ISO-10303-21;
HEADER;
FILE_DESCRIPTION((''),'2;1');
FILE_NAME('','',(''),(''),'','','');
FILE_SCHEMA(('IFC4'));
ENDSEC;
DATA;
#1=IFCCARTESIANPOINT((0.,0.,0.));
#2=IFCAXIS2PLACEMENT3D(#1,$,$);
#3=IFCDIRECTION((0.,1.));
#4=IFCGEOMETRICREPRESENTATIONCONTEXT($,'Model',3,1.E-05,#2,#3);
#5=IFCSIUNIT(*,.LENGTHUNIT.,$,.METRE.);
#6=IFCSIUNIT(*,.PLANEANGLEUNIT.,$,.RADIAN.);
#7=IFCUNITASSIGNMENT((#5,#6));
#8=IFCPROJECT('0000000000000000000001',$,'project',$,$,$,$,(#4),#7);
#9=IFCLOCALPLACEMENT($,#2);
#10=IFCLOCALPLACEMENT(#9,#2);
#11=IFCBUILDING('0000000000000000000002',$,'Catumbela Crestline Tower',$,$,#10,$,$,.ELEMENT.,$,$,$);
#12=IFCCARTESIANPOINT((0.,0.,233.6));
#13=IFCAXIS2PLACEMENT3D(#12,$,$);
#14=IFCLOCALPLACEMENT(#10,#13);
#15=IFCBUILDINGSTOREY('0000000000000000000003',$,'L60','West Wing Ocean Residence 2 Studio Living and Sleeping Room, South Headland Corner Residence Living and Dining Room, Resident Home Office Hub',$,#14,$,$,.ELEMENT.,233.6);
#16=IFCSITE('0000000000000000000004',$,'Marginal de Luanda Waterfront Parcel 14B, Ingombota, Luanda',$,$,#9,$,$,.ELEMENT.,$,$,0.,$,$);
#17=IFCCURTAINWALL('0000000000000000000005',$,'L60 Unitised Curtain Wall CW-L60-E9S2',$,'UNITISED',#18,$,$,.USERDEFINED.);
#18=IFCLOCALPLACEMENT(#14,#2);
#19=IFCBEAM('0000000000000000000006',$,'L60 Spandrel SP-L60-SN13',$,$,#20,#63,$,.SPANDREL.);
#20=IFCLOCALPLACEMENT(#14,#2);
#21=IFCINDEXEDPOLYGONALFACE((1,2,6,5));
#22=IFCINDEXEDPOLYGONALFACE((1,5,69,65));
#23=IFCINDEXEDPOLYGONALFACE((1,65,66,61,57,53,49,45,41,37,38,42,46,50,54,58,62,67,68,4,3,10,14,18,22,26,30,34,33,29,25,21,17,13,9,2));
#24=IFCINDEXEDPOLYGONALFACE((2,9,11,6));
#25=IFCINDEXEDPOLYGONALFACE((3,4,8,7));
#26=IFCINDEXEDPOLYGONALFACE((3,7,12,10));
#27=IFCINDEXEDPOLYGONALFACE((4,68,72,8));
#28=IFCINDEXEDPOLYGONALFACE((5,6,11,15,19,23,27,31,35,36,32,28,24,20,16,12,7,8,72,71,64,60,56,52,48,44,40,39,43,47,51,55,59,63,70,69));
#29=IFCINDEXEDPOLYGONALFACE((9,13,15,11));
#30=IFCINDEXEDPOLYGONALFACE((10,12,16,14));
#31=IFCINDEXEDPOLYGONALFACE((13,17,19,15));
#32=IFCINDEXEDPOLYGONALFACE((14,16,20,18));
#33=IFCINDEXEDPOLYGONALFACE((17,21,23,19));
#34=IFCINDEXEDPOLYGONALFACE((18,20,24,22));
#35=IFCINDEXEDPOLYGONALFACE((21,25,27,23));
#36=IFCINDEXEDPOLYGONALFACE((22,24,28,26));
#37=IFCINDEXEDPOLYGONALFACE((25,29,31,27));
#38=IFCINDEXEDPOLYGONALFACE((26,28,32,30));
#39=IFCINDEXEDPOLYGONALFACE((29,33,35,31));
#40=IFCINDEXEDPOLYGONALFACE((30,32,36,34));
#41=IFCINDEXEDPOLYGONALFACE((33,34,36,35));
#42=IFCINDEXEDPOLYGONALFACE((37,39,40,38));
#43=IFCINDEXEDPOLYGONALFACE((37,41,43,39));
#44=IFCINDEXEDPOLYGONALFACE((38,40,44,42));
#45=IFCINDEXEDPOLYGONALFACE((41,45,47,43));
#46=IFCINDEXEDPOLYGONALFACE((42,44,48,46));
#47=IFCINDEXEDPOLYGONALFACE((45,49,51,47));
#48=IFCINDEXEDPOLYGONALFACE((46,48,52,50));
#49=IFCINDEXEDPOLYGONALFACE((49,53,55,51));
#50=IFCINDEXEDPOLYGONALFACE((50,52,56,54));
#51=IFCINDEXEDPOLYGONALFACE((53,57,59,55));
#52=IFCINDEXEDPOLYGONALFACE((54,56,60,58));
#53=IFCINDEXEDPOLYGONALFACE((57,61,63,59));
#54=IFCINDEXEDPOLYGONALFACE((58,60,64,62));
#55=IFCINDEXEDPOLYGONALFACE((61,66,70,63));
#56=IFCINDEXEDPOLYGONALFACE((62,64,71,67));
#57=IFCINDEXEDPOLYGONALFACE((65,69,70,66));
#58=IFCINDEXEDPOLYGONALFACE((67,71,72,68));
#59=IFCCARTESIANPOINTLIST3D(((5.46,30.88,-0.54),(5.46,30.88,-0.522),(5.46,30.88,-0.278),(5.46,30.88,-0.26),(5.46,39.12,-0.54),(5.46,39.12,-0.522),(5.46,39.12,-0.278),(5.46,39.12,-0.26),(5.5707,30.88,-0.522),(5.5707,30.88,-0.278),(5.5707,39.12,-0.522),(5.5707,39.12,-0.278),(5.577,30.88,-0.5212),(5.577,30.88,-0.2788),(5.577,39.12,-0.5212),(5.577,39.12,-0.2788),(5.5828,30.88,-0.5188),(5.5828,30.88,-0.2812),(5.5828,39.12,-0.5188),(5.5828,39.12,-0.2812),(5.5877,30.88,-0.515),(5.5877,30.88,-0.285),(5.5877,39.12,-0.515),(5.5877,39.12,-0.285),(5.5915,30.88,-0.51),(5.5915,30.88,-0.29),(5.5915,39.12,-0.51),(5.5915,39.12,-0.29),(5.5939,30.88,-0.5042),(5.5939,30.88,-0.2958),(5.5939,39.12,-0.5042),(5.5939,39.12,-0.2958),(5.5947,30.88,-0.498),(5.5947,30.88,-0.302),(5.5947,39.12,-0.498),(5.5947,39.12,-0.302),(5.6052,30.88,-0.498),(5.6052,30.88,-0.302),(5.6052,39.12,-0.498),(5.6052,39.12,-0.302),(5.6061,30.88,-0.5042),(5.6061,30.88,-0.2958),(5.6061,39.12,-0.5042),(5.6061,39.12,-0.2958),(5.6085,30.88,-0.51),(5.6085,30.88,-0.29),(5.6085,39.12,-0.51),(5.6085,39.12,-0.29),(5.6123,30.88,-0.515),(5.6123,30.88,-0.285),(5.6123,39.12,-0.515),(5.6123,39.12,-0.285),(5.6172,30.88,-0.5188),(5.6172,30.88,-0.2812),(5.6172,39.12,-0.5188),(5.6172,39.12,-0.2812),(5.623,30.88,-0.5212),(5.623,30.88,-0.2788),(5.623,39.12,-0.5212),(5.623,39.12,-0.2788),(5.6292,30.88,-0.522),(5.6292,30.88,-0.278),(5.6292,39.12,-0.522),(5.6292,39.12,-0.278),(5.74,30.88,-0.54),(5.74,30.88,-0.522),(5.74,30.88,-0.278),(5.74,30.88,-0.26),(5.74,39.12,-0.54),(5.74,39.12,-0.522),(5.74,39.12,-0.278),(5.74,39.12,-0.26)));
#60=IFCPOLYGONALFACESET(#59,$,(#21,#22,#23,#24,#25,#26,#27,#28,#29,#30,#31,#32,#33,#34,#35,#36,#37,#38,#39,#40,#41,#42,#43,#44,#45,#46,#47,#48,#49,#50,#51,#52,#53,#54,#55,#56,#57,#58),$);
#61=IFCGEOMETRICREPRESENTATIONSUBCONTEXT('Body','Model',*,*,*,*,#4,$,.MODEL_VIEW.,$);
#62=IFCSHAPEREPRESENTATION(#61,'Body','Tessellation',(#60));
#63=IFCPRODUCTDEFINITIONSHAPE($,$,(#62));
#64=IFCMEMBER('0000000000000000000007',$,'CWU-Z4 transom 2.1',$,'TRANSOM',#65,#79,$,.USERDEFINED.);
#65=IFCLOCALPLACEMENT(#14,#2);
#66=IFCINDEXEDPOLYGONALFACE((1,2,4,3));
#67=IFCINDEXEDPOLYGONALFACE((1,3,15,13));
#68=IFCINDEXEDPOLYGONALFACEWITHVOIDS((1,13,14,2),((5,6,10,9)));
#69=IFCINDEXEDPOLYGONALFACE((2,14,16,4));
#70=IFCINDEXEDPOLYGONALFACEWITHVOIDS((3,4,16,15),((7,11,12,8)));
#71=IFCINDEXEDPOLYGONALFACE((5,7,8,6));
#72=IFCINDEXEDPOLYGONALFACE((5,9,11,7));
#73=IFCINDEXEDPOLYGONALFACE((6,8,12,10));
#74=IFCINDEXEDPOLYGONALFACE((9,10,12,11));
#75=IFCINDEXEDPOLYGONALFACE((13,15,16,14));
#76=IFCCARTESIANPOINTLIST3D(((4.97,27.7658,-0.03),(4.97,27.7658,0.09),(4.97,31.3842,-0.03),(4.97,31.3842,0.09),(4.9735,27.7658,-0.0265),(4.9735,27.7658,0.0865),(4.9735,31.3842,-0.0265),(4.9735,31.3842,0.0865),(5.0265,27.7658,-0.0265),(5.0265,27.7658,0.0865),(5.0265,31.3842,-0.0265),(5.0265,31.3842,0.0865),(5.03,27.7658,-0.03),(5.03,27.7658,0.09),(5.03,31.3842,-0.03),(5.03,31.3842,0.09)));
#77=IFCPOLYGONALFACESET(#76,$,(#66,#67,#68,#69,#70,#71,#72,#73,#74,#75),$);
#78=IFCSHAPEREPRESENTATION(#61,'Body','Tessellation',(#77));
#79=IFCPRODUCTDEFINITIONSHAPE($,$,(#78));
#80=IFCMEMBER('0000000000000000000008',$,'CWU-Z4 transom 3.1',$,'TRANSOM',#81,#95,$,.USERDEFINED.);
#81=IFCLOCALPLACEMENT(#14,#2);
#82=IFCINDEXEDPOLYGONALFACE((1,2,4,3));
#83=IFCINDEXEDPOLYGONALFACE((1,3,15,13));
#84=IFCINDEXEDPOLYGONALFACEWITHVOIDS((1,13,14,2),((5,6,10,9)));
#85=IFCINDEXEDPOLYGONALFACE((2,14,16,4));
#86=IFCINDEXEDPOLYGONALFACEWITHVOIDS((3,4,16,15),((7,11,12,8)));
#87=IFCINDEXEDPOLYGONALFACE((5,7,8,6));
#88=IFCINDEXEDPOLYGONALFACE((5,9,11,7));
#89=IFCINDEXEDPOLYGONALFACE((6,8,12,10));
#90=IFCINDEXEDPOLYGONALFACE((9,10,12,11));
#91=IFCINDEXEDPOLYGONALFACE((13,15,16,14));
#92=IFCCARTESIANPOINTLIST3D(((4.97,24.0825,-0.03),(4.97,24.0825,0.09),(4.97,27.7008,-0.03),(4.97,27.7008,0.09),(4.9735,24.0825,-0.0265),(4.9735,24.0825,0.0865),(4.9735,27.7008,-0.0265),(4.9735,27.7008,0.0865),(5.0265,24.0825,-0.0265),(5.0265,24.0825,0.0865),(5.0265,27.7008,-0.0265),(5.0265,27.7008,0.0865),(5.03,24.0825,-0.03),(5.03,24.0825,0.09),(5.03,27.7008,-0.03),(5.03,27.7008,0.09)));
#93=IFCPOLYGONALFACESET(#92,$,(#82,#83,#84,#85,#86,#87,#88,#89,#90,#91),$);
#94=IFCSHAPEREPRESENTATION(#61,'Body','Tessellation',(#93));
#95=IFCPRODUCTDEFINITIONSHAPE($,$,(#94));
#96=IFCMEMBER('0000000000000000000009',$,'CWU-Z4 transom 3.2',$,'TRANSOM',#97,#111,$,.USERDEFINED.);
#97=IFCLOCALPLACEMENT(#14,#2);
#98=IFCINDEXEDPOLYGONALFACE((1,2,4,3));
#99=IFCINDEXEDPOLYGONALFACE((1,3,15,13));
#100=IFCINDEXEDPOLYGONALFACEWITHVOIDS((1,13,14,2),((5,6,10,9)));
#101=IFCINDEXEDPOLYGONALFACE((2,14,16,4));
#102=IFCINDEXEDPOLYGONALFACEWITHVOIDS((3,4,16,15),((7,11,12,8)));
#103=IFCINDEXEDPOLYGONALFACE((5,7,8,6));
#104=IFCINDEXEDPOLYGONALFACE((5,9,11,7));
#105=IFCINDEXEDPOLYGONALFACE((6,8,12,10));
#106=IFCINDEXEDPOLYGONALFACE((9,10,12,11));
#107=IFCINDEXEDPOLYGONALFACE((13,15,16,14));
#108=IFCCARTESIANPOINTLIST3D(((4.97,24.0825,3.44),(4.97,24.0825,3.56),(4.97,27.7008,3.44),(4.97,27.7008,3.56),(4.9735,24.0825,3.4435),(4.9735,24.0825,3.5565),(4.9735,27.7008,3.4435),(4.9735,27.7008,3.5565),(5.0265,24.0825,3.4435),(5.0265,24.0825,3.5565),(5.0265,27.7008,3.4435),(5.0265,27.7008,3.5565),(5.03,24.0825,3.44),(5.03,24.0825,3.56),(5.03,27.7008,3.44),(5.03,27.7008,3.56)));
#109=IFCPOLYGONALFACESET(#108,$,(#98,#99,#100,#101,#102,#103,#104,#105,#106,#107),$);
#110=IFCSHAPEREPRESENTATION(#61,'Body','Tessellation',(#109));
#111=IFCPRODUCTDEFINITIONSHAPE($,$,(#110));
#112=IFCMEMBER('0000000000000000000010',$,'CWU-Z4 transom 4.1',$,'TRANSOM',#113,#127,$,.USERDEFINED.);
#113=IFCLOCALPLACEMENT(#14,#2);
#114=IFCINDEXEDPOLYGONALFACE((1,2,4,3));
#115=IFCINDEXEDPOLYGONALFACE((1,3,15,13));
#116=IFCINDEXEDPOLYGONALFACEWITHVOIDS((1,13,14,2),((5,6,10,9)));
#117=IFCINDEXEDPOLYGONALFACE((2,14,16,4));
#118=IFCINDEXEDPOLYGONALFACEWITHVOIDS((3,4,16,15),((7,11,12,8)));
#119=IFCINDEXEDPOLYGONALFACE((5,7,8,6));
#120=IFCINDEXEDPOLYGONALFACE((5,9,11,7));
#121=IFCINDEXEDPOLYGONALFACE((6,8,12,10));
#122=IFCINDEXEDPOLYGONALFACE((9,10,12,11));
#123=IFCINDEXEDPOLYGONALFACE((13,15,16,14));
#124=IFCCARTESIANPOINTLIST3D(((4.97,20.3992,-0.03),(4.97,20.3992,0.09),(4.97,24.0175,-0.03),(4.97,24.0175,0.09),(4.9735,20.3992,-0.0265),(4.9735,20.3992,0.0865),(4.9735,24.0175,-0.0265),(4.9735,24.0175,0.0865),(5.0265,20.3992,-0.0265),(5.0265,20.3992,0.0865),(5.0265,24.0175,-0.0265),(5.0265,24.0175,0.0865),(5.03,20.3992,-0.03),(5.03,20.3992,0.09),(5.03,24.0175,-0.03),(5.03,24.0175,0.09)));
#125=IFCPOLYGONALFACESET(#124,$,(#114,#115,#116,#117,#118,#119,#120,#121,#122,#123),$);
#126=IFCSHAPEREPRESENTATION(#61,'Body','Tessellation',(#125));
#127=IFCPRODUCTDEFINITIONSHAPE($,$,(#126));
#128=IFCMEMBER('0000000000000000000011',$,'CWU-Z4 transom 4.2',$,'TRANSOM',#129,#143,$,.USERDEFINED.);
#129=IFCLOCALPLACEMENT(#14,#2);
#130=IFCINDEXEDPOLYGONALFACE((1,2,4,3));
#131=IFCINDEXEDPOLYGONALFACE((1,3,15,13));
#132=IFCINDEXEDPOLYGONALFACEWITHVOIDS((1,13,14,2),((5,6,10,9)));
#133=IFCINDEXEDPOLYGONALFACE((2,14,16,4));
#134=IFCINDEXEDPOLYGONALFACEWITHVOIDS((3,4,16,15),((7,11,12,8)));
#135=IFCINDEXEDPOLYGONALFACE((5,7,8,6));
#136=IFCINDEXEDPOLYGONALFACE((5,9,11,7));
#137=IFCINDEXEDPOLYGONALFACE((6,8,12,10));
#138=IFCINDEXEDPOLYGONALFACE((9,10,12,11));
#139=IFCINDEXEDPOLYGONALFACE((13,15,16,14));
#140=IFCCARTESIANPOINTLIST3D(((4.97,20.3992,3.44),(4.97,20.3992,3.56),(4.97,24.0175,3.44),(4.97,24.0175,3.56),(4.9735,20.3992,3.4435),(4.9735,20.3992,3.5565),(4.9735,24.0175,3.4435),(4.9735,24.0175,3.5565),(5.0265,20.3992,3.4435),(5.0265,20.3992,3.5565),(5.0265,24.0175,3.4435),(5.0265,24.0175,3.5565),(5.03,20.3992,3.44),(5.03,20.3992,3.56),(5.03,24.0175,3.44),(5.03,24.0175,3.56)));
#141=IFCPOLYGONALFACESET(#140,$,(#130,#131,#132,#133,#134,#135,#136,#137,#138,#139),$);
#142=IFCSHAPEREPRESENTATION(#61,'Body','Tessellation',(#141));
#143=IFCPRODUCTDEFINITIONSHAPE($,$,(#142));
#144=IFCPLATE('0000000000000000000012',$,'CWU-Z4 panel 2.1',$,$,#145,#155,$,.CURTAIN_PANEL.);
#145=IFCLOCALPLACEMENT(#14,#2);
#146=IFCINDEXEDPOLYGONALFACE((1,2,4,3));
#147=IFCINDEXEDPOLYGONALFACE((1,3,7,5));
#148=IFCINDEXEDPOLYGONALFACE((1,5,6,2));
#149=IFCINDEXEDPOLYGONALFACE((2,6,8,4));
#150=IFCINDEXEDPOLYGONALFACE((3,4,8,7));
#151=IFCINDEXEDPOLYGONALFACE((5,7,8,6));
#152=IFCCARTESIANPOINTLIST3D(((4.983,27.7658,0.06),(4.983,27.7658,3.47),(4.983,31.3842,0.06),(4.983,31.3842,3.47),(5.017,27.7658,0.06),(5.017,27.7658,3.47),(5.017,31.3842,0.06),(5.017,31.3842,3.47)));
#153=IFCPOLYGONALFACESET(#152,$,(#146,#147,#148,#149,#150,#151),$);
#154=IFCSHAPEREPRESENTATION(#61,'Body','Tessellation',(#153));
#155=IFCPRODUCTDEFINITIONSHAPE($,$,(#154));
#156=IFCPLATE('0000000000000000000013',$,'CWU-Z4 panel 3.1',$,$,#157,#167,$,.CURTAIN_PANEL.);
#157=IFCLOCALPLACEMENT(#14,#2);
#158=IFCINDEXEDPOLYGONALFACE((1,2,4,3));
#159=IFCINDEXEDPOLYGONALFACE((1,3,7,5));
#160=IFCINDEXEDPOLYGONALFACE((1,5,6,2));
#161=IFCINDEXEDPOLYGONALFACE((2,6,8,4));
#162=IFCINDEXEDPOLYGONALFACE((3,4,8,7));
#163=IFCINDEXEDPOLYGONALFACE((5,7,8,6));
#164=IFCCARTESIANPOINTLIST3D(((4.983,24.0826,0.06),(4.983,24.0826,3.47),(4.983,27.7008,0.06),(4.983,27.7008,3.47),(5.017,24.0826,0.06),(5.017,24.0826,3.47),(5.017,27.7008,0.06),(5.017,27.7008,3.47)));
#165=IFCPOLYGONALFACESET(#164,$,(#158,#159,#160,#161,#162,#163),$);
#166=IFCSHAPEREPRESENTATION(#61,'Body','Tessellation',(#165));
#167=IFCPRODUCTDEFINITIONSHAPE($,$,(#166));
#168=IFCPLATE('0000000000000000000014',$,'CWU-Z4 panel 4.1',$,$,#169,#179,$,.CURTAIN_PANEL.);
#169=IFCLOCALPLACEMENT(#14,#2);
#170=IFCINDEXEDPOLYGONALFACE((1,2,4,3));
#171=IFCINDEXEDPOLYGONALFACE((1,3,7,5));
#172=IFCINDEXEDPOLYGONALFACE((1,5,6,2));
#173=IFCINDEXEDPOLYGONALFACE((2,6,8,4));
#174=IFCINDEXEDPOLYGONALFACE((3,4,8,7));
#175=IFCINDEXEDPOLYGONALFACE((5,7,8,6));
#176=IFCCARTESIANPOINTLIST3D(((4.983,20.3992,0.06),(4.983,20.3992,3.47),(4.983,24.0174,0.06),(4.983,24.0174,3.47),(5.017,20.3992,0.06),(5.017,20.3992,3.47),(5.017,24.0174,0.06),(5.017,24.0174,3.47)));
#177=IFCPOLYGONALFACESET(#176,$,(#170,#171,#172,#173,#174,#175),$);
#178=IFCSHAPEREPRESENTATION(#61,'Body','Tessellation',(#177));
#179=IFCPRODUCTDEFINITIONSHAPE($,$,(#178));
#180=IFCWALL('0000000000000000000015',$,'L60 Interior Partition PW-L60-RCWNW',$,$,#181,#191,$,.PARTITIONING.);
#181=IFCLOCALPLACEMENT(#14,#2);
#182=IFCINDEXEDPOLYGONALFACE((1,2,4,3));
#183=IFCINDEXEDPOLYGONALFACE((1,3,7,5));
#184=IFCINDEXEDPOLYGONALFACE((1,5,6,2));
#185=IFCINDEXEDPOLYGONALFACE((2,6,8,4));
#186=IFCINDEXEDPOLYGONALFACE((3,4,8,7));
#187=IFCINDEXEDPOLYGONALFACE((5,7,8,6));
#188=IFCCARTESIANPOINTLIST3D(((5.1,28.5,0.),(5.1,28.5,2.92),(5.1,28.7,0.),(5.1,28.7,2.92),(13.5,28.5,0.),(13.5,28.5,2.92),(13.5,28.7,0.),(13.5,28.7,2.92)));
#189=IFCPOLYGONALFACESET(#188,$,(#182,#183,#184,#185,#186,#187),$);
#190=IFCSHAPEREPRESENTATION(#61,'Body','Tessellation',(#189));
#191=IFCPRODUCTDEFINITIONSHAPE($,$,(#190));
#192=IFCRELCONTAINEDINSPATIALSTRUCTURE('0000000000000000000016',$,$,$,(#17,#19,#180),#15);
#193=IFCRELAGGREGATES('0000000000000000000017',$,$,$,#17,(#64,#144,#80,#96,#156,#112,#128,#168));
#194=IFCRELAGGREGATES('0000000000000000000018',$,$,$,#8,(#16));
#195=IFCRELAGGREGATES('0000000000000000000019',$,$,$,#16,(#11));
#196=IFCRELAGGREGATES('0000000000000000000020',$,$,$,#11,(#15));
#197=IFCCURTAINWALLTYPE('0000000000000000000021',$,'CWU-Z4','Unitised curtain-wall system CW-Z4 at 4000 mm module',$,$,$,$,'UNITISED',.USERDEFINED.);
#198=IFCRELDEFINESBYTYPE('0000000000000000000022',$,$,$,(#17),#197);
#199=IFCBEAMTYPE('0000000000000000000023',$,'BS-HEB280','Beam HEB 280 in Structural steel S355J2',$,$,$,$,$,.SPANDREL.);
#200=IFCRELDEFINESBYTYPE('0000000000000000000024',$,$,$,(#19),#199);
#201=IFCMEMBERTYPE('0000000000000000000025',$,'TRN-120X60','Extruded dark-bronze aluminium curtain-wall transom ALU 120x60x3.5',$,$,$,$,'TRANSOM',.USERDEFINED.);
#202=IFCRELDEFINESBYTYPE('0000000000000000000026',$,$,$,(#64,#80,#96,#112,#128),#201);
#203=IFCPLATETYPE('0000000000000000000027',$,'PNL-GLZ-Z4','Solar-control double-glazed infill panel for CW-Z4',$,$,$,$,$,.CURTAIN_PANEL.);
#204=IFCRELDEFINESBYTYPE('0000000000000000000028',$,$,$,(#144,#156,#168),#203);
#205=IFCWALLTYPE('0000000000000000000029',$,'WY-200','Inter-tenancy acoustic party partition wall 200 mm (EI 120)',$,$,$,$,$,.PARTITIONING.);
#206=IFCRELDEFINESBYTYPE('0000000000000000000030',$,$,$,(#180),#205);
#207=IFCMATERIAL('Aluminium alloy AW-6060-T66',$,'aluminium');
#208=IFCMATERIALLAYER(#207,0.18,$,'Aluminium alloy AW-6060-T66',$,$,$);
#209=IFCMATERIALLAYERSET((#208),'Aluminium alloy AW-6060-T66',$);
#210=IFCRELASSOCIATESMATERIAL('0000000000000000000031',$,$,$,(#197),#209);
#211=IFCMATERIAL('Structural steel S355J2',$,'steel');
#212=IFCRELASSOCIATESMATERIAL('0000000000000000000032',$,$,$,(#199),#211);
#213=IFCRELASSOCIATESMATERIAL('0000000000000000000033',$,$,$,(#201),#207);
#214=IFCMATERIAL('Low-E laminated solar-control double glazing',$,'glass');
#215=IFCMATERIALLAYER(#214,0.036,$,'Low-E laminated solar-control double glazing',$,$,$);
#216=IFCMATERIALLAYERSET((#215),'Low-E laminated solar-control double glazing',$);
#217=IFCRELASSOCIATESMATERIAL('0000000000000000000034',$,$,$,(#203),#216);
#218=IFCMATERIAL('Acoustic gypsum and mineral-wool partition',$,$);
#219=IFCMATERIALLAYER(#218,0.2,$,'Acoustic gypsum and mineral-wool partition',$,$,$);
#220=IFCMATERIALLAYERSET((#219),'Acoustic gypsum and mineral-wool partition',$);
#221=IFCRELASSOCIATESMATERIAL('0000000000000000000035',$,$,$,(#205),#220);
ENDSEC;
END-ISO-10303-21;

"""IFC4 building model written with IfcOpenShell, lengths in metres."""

from ifc_helpers import new_model, si_unit, direction, frame, frame_2d, origin, origin_2d, place, context, subcontext, project, spatial, rectangle, hollow_rectangle, i_section, extrude, material, layer, layer_set, material_profile, profile_set, type_object, element, aggregate, save


model = new_model("IFC4")

# Units and contexts
model_context = context("Model", 3, precision=1e-05, world=origin(), true_north=direction((0.0, 1.0)))
body_context = subcontext(model_context, "Body", "Model", "MODEL_VIEW")
ifc_project = project(units=[si_unit("LENGTHUNIT", "METRE"), si_unit("PLANEANGLEUNIT", "RADIAN")], contexts=[model_context])

# Site, building, storey
site_placement = place(None, origin())
site = spatial("IfcSite", under=ifc_project, at=site_placement, Name="Marginal de Luanda Waterfront Parcel 14B, Ingombota, Luanda", CompositionType="ELEMENT", RefElevation=0.0)
building_placement = place(site_placement, origin())
building = spatial("IfcBuilding", under=site, at=building_placement, Name="Catumbela Crestline Tower", CompositionType="ELEMENT")
storey_placement = place(building_placement, frame((0.0, 0.0, 233.6)))
storey = spatial("IfcBuildingStorey", under=building, at=storey_placement, Name="L60", Description="West Wing Ocean Residence 2 Studio Living and Sleeping Room, South Headland Corner Residence Living and Dining Room, Resident Home Office Hub", CompositionType="ELEMENT", Elevation=233.6)

# Shared definitions
ifc_material_1 = material(Name="Structural steel S355J2", Category="steel")

# Curtain wall
ifc_material_2 = material(Name="Aluminium alloy AW-6060-T66", Category="aluminium")
ifc_layer_1 = layer(ifc_material_2, 0.18, Name="Aluminium alloy AW-6060-T66")
ifc_layer_set_1 = layer_set([ifc_layer_1], Name="Aluminium alloy AW-6060-T66")
curtain_wall_type = type_object("IfcCurtainWallType", Name="CWU-Z4", Description="Unitised curtain-wall system CW-Z4 at 4000 mm module", ElementType="UNITISED", PredefinedType="USERDEFINED", material=ifc_layer_set_1)
curtain_wall_placement = place(storey_placement, origin())
curtain_wall = element("IfcCurtainWall", 1, at=curtain_wall_placement, inside=storey, type_object=curtain_wall_type, Name="L60 Unitised Curtain Wall CW-L60-E9S2", ObjectType="UNITISED", PredefinedType="USERDEFINED")

# Beam
ifc_material_profile_1 = material_profile(ifc_material_1, i_section(OverallWidth=0.28, OverallDepth=0.28, WebThickness=0.0105, FlangeThickness=0.018, FilletRadius=0.024, at=origin_2d()), Name="HEB 280")
ifc_profile_set_1 = profile_set([ifc_material_profile_1], Name="Structural steel S355J2")
beam_type = type_object("IfcBeamType", Name="BS-HEB280", Description="Beam HEB 280 in Structural steel S355J2", PredefinedType="SPANDREL", material=ifc_profile_set_1)
beam_1_placement = place(storey_placement, frame((5.6, 30.88, -0.4), z_axis=(0.0, 1.0, 0.0), x_axis=(-1.0, 0.0, 0.0)))
element("IfcBeam", 2, at=beam_1_placement, inside=storey, type_object=beam_type, Name="L60 Spandrel SP-L60-SN13", PredefinedType="SPANDREL", context=body_context, shape_type="SweptSolid", body=[
    extrude(i_section(OverallWidth=0.28, OverallDepth=0.28, WebThickness=0.0105, FlangeThickness=0.018, FilletRadius=0.024, at=origin_2d()), origin(), (0.0, 0.0, 1.0), 8.24),
])

# Members
ifc_material_profile_2 = material_profile(ifc_material_2, hollow_rectangle(XDim=0.06, YDim=0.12, WallThickness=0.0035, at=origin_2d()), Name="ALU 120x60x3.5")
ifc_profile_set_2 = profile_set([ifc_material_profile_2], Name="Aluminium alloy AW-6060-T66")
member_type_1 = type_object("IfcMemberType", Name="TRN-120X60", Description="Extruded dark-bronze aluminium curtain-wall transom ALU 120x60x3.5", ElementType="TRANSOM", PredefinedType="USERDEFINED", material=ifc_profile_set_2)
member_1_placement = place(storey_placement, frame((5.0, 31.3842, 0.03), z_axis=(0.0, -1.0, 0.0), x_axis=(1.0, 0.0, 0.0)))
member_1 = element("IfcMember", 3, at=member_1_placement, type_object=member_type_1, Name="CWU-Z4 transom 2.1", ObjectType="TRANSOM", PredefinedType="USERDEFINED", context=body_context, shape_type="SweptSolid", body=[
    extrude(hollow_rectangle(XDim=0.06, YDim=0.12, WallThickness=0.0035, at=origin_2d()), origin(), (0.0, 0.0, 1.0), 3.6184),
])
member_2_placement = place(storey_placement, frame((5.0, 27.7008, 0.03), z_axis=(0.0, -1.0, 0.0), x_axis=(1.0, 0.0, 0.0)))
member_2 = element("IfcMember", 4, at=member_2_placement, type_object=member_type_1, Name="CWU-Z4 transom 3.1", ObjectType="TRANSOM", PredefinedType="USERDEFINED", context=body_context, shape_type="SweptSolid", body=[
    extrude(hollow_rectangle(XDim=0.06, YDim=0.12, WallThickness=0.0035, at=origin_2d()), origin(), (0.0, 0.0, 1.0), 3.6183),
])
member_3_placement = place(storey_placement, frame((5.0, 27.7008, 3.5), z_axis=(0.0, -1.0, 0.0), x_axis=(1.0, 0.0, 0.0)))
member_3 = element("IfcMember", 5, at=member_3_placement, type_object=member_type_1, Name="CWU-Z4 transom 3.2", ObjectType="TRANSOM", PredefinedType="USERDEFINED", context=body_context, shape_type="SweptSolid", body=[
    extrude(hollow_rectangle(XDim=0.06, YDim=0.12, WallThickness=0.0035, at=origin_2d()), origin(), (0.0, 0.0, 1.0), 3.6183),
])
member_4_placement = place(storey_placement, frame((5.0, 24.0175, 0.03), z_axis=(0.0, -1.0, 0.0), x_axis=(1.0, 0.0, 0.0)))
member_4 = element("IfcMember", 6, at=member_4_placement, type_object=member_type_1, Name="CWU-Z4 transom 4.1", ObjectType="TRANSOM", PredefinedType="USERDEFINED", context=body_context, shape_type="SweptSolid", body=[
    extrude(hollow_rectangle(XDim=0.06, YDim=0.12, WallThickness=0.0035, at=origin_2d()), origin(), (0.0, 0.0, 1.0), 3.6183),
])
member_5_placement = place(storey_placement, frame((5.0, 24.0175, 3.5), z_axis=(0.0, -1.0, 0.0), x_axis=(1.0, 0.0, 0.0)))
member_5 = element("IfcMember", 7, at=member_5_placement, type_object=member_type_1, Name="CWU-Z4 transom 4.2", ObjectType="TRANSOM", PredefinedType="USERDEFINED", context=body_context, shape_type="SweptSolid", body=[
    extrude(hollow_rectangle(XDim=0.06, YDim=0.12, WallThickness=0.0035, at=origin_2d()), origin(), (0.0, 0.0, 1.0), 3.6183),
])

# Plates
ifc_material_3 = material(Name="Low-E laminated solar-control double glazing", Category="glass")
ifc_layer_2 = layer(ifc_material_3, 0.036, Name="Low-E laminated solar-control double glazing")
ifc_layer_set_2 = layer_set([ifc_layer_2], Name="Low-E laminated solar-control double glazing")
plate_type = type_object("IfcPlateType", Name="PNL-GLZ-Z4", Description="Solar-control double-glazed infill panel for CW-Z4", PredefinedType="CURTAIN_PANEL", material=ifc_layer_set_2)
plate_1_placement = place(storey_placement, frame((5.0, 29.575, 0.06), z_axis=(0.0, 0.0, 1.0), x_axis=(0.0, -1.0, 0.0)))
plate_1 = element("IfcPlate", 8, at=plate_1_placement, type_object=plate_type, Name="CWU-Z4 panel 2.1", PredefinedType="CURTAIN_PANEL", context=body_context, shape_type="SweptSolid", body=[
    extrude(rectangle(XDim=3.6183, YDim=0.034, at=origin_2d()), origin(), (0.0, 0.0, 1.0), 3.41),
])
plate_2_placement = place(storey_placement, frame((5.0, 25.8917, 0.06), z_axis=(0.0, 0.0, 1.0), x_axis=(0.0, -1.0, 0.0)))
plate_2 = element("IfcPlate", 9, at=plate_2_placement, type_object=plate_type, Name="CWU-Z4 panel 3.1", PredefinedType="CURTAIN_PANEL", context=body_context, shape_type="SweptSolid", body=[
    extrude(rectangle(XDim=3.6183, YDim=0.034, at=origin_2d()), origin(), (0.0, 0.0, 1.0), 3.41),
])
plate_3_placement = place(storey_placement, frame((5.0, 22.2083, 0.06), z_axis=(0.0, 0.0, 1.0), x_axis=(0.0, -1.0, 0.0)))
plate_3 = element("IfcPlate", 10, at=plate_3_placement, type_object=plate_type, Name="CWU-Z4 panel 4.1", PredefinedType="CURTAIN_PANEL", context=body_context, shape_type="SweptSolid", body=[
    extrude(rectangle(XDim=3.6183, YDim=0.034, at=origin_2d()), origin(), (0.0, 0.0, 1.0), 3.41),
])
aggregate(curtain_wall, [member_1, plate_1, member_2, member_3, plate_2, member_4, member_5, plate_3])

# Wall
ifc_material_4 = material(Name="Acoustic gypsum and mineral-wool partition")
ifc_layer_3 = layer(ifc_material_4, 0.2, Name="Acoustic gypsum and mineral-wool partition")
ifc_layer_set_3 = layer_set([ifc_layer_3], Name="Acoustic gypsum and mineral-wool partition")
wall_type = type_object("IfcWallType", Name="WY-200", Description="Inter-tenancy acoustic party partition wall 200 mm (EI 120)", PredefinedType="PARTITIONING", material=ifc_layer_set_3)
wall_1_placement = place(storey_placement, frame((5.1, 28.6, 0.0), z_axis=(0.0, 0.0, 1.0), x_axis=(1.0, 0.0, 0.0)))
element("IfcWall", 11, at=wall_1_placement, inside=storey, type_object=wall_type, Name="L60 Interior Partition PW-L60-RCWNW", PredefinedType="PARTITIONING", context=body_context, shape_type="SweptSolid", body=[
    extrude(rectangle(XDim=8.4, YDim=0.2, at=frame_2d((4.2, 0.0))), origin(), (0.0, 0.0, 1.0), 2.92),
])

save(model, "model.ifc")
